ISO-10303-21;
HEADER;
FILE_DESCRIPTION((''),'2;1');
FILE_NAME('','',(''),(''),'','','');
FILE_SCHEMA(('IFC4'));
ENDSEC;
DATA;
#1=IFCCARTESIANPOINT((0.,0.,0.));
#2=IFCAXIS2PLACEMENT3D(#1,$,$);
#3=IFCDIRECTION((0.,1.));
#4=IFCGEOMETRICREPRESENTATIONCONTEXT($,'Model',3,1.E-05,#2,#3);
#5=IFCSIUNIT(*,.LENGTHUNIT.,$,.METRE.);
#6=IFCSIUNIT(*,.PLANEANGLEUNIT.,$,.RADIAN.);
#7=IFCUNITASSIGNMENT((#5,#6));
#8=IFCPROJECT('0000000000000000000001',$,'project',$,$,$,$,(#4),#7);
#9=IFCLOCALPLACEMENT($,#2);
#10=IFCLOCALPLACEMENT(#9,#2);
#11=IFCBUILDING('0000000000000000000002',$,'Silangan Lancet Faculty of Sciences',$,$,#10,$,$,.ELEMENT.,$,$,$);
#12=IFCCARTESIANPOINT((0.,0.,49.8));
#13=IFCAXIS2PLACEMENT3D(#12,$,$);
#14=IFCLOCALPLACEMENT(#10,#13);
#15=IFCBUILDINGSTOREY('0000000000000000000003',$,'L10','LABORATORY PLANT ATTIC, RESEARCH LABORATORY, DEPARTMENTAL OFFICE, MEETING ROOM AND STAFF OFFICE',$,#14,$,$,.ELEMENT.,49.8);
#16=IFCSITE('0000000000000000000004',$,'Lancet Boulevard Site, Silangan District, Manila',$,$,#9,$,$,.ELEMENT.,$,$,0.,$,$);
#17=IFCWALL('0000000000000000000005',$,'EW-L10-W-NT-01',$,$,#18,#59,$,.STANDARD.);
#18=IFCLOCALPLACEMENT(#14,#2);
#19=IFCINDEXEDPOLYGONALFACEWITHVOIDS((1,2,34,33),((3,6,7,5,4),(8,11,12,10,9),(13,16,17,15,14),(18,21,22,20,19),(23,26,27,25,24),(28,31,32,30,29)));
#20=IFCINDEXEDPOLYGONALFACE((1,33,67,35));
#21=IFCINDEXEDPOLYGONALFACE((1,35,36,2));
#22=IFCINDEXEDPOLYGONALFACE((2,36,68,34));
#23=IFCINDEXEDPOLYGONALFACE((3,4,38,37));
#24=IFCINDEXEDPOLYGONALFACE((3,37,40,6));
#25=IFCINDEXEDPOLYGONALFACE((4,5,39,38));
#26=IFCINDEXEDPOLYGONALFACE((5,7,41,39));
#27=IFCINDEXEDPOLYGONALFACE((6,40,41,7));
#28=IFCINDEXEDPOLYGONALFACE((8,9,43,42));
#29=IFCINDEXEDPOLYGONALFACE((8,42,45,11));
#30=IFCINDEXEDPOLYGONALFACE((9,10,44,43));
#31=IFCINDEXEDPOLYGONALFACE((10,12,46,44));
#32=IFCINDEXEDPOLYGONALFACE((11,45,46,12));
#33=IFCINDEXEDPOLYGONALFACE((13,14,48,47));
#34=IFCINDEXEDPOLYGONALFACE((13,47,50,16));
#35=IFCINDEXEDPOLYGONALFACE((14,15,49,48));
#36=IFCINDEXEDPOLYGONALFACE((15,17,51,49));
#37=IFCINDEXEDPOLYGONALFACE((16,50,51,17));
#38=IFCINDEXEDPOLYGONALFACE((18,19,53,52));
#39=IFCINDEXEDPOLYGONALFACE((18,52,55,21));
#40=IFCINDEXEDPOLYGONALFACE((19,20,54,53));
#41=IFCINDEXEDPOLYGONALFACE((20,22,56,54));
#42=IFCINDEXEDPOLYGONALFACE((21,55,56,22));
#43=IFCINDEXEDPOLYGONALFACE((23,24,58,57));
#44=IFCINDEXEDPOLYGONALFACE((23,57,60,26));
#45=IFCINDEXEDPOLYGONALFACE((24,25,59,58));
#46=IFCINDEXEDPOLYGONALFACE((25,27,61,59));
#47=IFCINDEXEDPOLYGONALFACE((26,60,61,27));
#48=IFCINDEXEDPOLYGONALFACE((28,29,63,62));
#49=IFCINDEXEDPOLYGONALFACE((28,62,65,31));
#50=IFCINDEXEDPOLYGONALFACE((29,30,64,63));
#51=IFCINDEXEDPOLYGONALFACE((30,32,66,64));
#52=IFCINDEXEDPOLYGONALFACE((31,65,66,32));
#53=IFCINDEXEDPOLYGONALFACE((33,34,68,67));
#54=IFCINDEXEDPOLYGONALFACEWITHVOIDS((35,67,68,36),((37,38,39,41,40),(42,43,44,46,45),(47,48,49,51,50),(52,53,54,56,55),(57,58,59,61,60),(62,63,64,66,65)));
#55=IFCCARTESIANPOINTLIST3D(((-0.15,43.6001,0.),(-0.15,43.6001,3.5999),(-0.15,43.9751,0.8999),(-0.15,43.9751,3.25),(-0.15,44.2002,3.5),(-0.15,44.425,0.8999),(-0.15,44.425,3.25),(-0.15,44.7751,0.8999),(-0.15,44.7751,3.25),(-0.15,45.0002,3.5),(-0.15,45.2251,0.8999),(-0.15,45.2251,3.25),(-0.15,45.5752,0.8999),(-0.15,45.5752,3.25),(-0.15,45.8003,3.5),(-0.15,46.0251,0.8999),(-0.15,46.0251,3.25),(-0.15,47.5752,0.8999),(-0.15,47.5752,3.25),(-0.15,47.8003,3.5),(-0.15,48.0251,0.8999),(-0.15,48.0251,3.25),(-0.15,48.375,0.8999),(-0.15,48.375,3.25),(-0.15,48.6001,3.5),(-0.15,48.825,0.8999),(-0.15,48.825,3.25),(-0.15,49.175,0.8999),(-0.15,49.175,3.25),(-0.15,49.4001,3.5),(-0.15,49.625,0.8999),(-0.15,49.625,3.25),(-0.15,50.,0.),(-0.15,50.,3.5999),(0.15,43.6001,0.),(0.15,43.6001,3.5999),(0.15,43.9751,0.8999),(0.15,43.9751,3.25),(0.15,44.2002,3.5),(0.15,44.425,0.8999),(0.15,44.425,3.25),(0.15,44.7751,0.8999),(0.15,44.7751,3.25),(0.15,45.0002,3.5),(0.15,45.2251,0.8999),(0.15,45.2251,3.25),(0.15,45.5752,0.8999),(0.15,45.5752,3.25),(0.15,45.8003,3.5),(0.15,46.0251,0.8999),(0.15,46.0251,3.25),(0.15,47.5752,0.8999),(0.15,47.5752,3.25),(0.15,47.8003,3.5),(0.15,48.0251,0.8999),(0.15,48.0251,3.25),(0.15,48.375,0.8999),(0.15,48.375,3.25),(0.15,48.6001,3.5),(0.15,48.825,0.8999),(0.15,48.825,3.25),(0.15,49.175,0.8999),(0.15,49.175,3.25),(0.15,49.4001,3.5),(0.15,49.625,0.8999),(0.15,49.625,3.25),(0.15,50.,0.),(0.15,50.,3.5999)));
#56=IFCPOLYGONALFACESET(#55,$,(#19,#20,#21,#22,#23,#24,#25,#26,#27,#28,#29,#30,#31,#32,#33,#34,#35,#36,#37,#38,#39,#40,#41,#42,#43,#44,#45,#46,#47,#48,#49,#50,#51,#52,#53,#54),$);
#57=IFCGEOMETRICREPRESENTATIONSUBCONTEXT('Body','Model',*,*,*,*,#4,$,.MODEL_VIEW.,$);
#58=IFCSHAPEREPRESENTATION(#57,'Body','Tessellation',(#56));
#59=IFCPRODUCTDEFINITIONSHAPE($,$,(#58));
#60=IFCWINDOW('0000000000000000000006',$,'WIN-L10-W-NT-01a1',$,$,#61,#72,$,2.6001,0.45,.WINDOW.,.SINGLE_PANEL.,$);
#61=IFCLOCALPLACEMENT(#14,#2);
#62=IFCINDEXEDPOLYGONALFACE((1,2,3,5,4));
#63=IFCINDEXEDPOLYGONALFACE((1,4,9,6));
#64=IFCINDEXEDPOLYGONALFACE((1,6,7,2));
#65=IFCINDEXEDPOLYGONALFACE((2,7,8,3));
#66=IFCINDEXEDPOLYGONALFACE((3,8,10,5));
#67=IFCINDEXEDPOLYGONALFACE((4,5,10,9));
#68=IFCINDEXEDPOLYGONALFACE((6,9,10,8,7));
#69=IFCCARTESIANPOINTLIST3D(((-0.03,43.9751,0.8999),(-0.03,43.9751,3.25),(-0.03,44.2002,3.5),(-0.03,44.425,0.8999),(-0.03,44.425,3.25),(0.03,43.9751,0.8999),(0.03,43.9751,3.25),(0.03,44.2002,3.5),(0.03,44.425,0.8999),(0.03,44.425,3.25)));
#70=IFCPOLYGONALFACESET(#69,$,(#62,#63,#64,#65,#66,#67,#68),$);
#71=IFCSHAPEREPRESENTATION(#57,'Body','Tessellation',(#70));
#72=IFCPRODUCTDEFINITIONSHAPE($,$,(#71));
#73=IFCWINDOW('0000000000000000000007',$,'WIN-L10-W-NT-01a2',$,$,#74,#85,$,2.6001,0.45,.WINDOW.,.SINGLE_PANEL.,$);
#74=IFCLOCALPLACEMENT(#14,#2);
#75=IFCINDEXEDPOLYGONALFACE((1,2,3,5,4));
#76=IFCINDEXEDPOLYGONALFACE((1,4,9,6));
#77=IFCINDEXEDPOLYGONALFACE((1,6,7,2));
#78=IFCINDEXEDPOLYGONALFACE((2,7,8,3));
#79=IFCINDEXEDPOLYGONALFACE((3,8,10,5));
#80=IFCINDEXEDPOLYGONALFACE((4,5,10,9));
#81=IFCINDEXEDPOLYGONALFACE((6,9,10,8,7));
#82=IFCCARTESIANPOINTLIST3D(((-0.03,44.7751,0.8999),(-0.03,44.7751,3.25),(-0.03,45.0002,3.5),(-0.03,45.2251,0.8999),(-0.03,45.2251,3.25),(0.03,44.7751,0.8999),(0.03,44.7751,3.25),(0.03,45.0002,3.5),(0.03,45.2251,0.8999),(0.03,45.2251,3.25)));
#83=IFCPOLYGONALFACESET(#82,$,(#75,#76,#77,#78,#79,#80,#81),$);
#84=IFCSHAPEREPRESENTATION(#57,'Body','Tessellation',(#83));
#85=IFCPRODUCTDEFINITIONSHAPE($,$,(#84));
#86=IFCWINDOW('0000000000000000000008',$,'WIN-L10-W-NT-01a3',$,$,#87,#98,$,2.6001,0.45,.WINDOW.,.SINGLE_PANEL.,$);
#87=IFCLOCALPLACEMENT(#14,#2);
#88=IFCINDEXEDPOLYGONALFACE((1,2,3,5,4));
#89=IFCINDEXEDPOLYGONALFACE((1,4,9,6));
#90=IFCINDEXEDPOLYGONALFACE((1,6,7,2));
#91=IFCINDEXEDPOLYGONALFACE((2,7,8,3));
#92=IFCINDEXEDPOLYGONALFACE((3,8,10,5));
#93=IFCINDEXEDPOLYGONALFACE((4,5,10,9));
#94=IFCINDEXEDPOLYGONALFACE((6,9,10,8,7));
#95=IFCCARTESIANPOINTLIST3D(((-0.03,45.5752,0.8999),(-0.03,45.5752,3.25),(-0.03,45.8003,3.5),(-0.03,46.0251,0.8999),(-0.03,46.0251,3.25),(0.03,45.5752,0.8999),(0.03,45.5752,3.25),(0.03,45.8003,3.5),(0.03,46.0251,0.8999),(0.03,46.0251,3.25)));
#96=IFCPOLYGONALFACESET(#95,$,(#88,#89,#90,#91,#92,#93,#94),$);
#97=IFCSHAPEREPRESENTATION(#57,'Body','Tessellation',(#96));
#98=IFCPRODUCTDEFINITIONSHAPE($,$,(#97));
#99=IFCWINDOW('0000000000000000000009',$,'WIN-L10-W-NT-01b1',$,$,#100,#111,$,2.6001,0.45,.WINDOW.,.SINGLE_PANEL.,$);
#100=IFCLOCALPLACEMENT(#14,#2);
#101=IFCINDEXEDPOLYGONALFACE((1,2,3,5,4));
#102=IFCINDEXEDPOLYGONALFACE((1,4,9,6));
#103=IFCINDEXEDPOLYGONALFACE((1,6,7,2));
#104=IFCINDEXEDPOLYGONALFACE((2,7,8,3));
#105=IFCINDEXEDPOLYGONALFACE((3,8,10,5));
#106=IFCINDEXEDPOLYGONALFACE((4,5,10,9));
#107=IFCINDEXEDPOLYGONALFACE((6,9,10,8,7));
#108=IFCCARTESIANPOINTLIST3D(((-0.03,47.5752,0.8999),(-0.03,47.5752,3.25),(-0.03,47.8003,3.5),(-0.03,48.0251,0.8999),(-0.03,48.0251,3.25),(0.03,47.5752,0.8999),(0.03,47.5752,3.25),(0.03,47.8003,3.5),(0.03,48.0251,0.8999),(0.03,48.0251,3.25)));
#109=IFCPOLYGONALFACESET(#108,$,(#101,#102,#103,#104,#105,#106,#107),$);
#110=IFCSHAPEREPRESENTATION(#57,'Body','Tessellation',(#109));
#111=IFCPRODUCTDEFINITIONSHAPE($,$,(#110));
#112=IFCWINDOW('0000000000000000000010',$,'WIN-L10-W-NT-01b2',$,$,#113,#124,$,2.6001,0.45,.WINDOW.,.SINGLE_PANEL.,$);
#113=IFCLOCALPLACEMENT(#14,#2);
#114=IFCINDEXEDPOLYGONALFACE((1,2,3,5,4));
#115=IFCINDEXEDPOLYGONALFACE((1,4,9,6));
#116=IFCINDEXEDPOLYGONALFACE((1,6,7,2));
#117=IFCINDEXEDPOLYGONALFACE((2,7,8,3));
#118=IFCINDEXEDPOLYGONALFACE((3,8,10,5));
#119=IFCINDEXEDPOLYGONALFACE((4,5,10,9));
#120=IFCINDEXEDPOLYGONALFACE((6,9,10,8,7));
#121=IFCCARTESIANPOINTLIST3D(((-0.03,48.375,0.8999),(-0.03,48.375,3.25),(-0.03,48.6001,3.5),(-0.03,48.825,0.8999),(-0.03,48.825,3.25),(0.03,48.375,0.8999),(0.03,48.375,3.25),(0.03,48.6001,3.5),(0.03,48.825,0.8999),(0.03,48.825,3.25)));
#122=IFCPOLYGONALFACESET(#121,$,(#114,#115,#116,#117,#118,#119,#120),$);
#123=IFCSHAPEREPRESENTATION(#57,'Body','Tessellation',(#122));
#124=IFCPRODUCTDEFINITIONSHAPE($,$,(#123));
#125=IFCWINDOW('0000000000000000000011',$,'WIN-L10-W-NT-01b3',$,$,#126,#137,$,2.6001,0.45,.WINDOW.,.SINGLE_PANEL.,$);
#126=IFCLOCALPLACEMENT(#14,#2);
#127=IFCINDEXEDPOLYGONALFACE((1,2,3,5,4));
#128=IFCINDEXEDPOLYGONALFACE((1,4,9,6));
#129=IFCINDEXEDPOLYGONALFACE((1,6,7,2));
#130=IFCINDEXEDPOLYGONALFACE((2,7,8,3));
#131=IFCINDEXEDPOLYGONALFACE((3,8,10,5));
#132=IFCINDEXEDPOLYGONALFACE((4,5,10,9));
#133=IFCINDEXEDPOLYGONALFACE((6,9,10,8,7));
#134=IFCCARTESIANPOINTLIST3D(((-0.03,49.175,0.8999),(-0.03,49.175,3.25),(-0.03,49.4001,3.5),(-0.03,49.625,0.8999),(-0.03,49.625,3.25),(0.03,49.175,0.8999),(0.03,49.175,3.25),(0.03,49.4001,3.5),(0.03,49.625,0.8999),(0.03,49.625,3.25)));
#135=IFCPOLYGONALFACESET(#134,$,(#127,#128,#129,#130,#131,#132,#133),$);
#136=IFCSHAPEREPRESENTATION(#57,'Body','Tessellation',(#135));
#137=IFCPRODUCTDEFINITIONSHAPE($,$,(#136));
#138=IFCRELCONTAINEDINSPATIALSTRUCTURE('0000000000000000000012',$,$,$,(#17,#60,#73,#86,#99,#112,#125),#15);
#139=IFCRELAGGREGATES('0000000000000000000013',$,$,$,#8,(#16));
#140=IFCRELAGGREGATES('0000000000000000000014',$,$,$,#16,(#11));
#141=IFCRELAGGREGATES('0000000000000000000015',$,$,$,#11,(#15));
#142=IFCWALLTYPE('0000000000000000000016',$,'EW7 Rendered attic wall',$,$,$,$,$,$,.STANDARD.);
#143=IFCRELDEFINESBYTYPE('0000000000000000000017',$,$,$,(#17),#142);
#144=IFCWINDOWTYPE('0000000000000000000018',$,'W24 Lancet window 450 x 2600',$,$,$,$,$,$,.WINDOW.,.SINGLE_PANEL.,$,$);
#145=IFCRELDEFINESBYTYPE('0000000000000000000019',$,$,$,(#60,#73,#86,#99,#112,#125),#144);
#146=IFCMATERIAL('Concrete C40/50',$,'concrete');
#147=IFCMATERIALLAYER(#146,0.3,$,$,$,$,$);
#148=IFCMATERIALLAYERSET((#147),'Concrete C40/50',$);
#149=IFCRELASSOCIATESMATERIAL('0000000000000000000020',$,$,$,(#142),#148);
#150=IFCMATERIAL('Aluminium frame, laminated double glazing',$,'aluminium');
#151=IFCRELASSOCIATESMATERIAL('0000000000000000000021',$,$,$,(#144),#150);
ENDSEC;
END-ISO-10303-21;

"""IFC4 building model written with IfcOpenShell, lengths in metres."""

from ifc_helpers import new_model, si_unit, direction, frame, frame_2d, origin, place, context, subcontext, project, spatial, polyline, rectangle, outline, extrude, material, layer, layer_set, type_object, element, fill, save


model = new_model("IFC4")

# Units and contexts
model_context = context("Model", 3, precision=1e-05, world=origin(), true_north=direction((0.0, 1.0)))
body_context = subcontext(model_context, "Body", "Model", "MODEL_VIEW")
ifc_project = project(units=[si_unit("LENGTHUNIT", "METRE"), si_unit("PLANEANGLEUNIT", "RADIAN")], contexts=[model_context])

# Site, building, storey
site_placement = place(None, origin())
site = spatial("IfcSite", under=ifc_project, at=site_placement, Name="Lancet Boulevard Site, Silangan District, Manila", CompositionType="ELEMENT", RefElevation=0.0)
building_placement = place(site_placement, origin())
building = spatial("IfcBuilding", under=site, at=building_placement, Name="Silangan Lancet Faculty of Sciences", CompositionType="ELEMENT")
storey_placement = place(building_placement, frame((0.0, 0.0, 49.8)))
storey = spatial("IfcBuildingStorey", under=building, at=storey_placement, Name="L10", Description="LABORATORY PLANT ATTIC, RESEARCH LABORATORY, DEPARTMENTAL OFFICE, MEETING ROOM AND STAFF OFFICE", CompositionType="ELEMENT", Elevation=49.8)

# Wall, openings, windows
ifc_material_1 = material(Name="Concrete C40/50", Category="concrete")
ifc_layer_1 = layer(ifc_material_1, 0.3)
ifc_layer_set_1 = layer_set([ifc_layer_1], Name="Concrete C40/50")
wall_type_1 = type_object("IfcWallType", Name="EW7 Rendered attic wall", PredefinedType="STANDARD", material=ifc_layer_set_1)
wall_1_placement = place(storey_placement, frame((0.0, 43.6001, 0.0), z_axis=(0.0, 0.0, 1.0), x_axis=(0.0, 1.0, 0.0)))
wall_1 = element("IfcWall", 1, at=wall_1_placement, inside=storey, type_object=wall_type_1, Name="EW-L10-W-NT-01", PredefinedType="STANDARD", context=body_context, shape_type="SweptSolid", body=[
    extrude(rectangle(XDim=6.3999, YDim=0.3, at=frame_2d((3.2, 0.0))), origin(), (0.0, 0.0, 1.0), 3.5999),
])
opening_1_placement = place(wall_1_placement, frame((0.375, 0.0, 0.8999)))
opening_1 = element("IfcOpeningElement", 2, at=opening_1_placement, cuts=wall_1, PredefinedType="OPENING", context=body_context, shape_type="SweptSolid", body=[
    extrude(outline(polyline([(0.0, 0.0), (0.45, 0.0), (0.45, 2.3501), (0.2251, 2.6001), (0.0, 2.3501), (0.0, 0.0)])), frame((0.0, 0.1599, 0.0), z_axis=(0.0, -1.0, 0.0), x_axis=(1.0, 0.0, 0.0)), (0.0, 0.0, 1.0), 0.3201),
])
opening_2_placement = place(wall_1_placement, frame((1.175, 0.0, 0.8999)))
opening_2 = element("IfcOpeningElement", 3, at=opening_2_placement, cuts=wall_1, PredefinedType="OPENING", context=body_context, shape_type="SweptSolid", body=[
    extrude(outline(polyline([(0.0, 0.0), (0.45, 0.0), (0.45, 2.3501), (0.2251, 2.6001), (0.0, 2.3501), (0.0, 0.0)])), frame((0.0, 0.1599, 0.0), z_axis=(0.0, -1.0, 0.0), x_axis=(1.0, 0.0, 0.0)), (0.0, 0.0, 1.0), 0.3201),
])
opening_3_placement = place(wall_1_placement, frame((1.9751, 0.0, 0.8999)))
opening_3 = element("IfcOpeningElement", 4, at=opening_3_placement, cuts=wall_1, PredefinedType="OPENING", context=body_context, shape_type="SweptSolid", body=[
    extrude(outline(polyline([(0.0, 0.0), (0.45, 0.0), (0.45, 2.3501), (0.2251, 2.6001), (0.0, 2.3501), (0.0, 0.0)])), frame((0.0, 0.1599, 0.0), z_axis=(0.0, -1.0, 0.0), x_axis=(1.0, 0.0, 0.0)), (0.0, 0.0, 1.0), 0.3201),
])
opening_4_placement = place(wall_1_placement, frame((3.9751, 0.0, 0.8999)))
opening_4 = element("IfcOpeningElement", 5, at=opening_4_placement, cuts=wall_1, PredefinedType="OPENING", context=body_context, shape_type="SweptSolid", body=[
    extrude(outline(polyline([(0.0, 0.0), (0.45, 0.0), (0.45, 2.3501), (0.2251, 2.6001), (0.0, 2.3501), (0.0, 0.0)])), frame((0.0, 0.1599, 0.0), z_axis=(0.0, -1.0, 0.0), x_axis=(1.0, 0.0, 0.0)), (0.0, 0.0, 1.0), 0.3201),
])
opening_5_placement = place(wall_1_placement, frame((4.7749, 0.0, 0.8999)))
opening_5 = element("IfcOpeningElement", 6, at=opening_5_placement, cuts=wall_1, PredefinedType="OPENING", context=body_context, shape_type="SweptSolid", body=[
    extrude(outline(polyline([(0.0, 0.0), (0.45, 0.0), (0.45, 2.3501), (0.2251, 2.6001), (0.0, 2.3501), (0.0, 0.0)])), frame((0.0, 0.1599, 0.0), z_axis=(0.0, -1.0, 0.0), x_axis=(1.0, 0.0, 0.0)), (0.0, 0.0, 1.0), 0.3201),
])
opening_6_placement = place(wall_1_placement, frame((5.575, 0.0, 0.8999)))
opening_6 = element("IfcOpeningElement", 7, at=opening_6_placement, cuts=wall_1, PredefinedType="OPENING", context=body_context, shape_type="SweptSolid", body=[
    extrude(outline(polyline([(0.0, 0.0), (0.45, 0.0), (0.45, 2.3501), (0.2251, 2.6001), (0.0, 2.3501), (0.0, 0.0)])), frame((0.0, 0.1599, 0.0), z_axis=(0.0, -1.0, 0.0), x_axis=(1.0, 0.0, 0.0)), (0.0, 0.0, 1.0), 0.3201),
])
ifc_material_2 = material(Name="Aluminium frame, laminated double glazing", Category="aluminium")
window_type = type_object("IfcWindowType", Name="W24 Lancet window 450 x 2600", PartitioningType="SINGLE_PANEL", PredefinedType="WINDOW", material=ifc_material_2)
window_1_placement = place(opening_1_placement, origin())
window_1 = element("IfcWindow", 8, at=window_1_placement, inside=storey, type_object=window_type, Name="WIN-L10-W-NT-01a1", OverallHeight=2.6001, OverallWidth=0.45, PartitioningType="SINGLE_PANEL", PredefinedType="WINDOW", context=body_context, shape_type="SweptSolid", body=[
    extrude(outline(polyline([(0.0, 0.0), (0.45, 0.0), (0.45, 2.3501), (0.2251, 2.6001), (0.0, 2.3501), (0.0, 0.0)])), frame((0.0, 0.03, 0.0), z_axis=(0.0, -1.0, 0.0), x_axis=(1.0, 0.0, 0.0)), (0.0, 0.0, 1.0), 0.0601),
])
fill(opening_1, window_1)
window_2_placement = place(opening_2_placement, origin())
window_2 = element("IfcWindow", 9, at=window_2_placement, inside=storey, type_object=window_type, Name="WIN-L10-W-NT-01a2", OverallHeight=2.6001, OverallWidth=0.45, PartitioningType="SINGLE_PANEL", PredefinedType="WINDOW", context=body_context, shape_type="SweptSolid", body=[
    extrude(outline(polyline([(0.0, 0.0), (0.45, 0.0), (0.45, 2.3501), (0.2251, 2.6001), (0.0, 2.3501), (0.0, 0.0)])), frame((0.0, 0.03, 0.0), z_axis=(0.0, -1.0, 0.0), x_axis=(1.0, 0.0, 0.0)), (0.0, 0.0, 1.0), 0.0601),
])
fill(opening_2, window_2)
window_3_placement = place(opening_3_placement, origin())
window_3 = element("IfcWindow", 10, at=window_3_placement, inside=storey, type_object=window_type, Name="WIN-L10-W-NT-01a3", OverallHeight=2.6001, OverallWidth=0.45, PartitioningType="SINGLE_PANEL", PredefinedType="WINDOW", context=body_context, shape_type="SweptSolid", body=[
    extrude(outline(polyline([(0.0, 0.0), (0.45, 0.0), (0.45, 2.3501), (0.2251, 2.6001), (0.0, 2.3501), (0.0, 0.0)])), frame((0.0, 0.03, 0.0), z_axis=(0.0, -1.0, 0.0), x_axis=(1.0, 0.0, 0.0)), (0.0, 0.0, 1.0), 0.0601),
])
fill(opening_3, window_3)
window_4_placement = place(opening_4_placement, origin())
window_4 = element("IfcWindow", 11, at=window_4_placement, inside=storey, type_object=window_type, Name="WIN-L10-W-NT-01b1", OverallHeight=2.6001, OverallWidth=0.45, PartitioningType="SINGLE_PANEL", PredefinedType="WINDOW", context=body_context, shape_type="SweptSolid", body=[
    extrude(outline(polyline([(0.0, 0.0), (0.45, 0.0), (0.45, 2.3501), (0.2251, 2.6001), (0.0, 2.3501), (0.0, 0.0)])), frame((0.0, 0.03, 0.0), z_axis=(0.0, -1.0, 0.0), x_axis=(1.0, 0.0, 0.0)), (0.0, 0.0, 1.0), 0.0601),
])
fill(opening_4, window_4)
window_5_placement = place(opening_5_placement, origin())
window_5 = element("IfcWindow", 12, at=window_5_placement, inside=storey, type_object=window_type, Name="WIN-L10-W-NT-01b2", OverallHeight=2.6001, OverallWidth=0.45, PartitioningType="SINGLE_PANEL", PredefinedType="WINDOW", context=body_context, shape_type="SweptSolid", body=[
    extrude(outline(polyline([(0.0, 0.0), (0.45, 0.0), (0.45, 2.3501), (0.2251, 2.6001), (0.0, 2.3501), (0.0, 0.0)])), frame((0.0, 0.03, 0.0), z_axis=(0.0, -1.0, 0.0), x_axis=(1.0, 0.0, 0.0)), (0.0, 0.0, 1.0), 0.0601),
])
fill(opening_5, window_5)
window_6_placement = place(opening_6_placement, origin())
window_6 = element("IfcWindow", 13, at=window_6_placement, inside=storey, type_object=window_type, Name="WIN-L10-W-NT-01b3", OverallHeight=2.6001, OverallWidth=0.45, PartitioningType="SINGLE_PANEL", PredefinedType="WINDOW", context=body_context, shape_type="SweptSolid", body=[
    extrude(outline(polyline([(0.0, 0.0), (0.45, 0.0), (0.45, 2.3501), (0.2251, 2.6001), (0.0, 2.3501), (0.0, 0.0)])), frame((0.0, 0.03, 0.0), z_axis=(0.0, -1.0, 0.0), x_axis=(1.0, 0.0, 0.0)), (0.0, 0.0, 1.0), 0.0601),
])
fill(opening_6, window_6)

save(model, "model.ifc")
